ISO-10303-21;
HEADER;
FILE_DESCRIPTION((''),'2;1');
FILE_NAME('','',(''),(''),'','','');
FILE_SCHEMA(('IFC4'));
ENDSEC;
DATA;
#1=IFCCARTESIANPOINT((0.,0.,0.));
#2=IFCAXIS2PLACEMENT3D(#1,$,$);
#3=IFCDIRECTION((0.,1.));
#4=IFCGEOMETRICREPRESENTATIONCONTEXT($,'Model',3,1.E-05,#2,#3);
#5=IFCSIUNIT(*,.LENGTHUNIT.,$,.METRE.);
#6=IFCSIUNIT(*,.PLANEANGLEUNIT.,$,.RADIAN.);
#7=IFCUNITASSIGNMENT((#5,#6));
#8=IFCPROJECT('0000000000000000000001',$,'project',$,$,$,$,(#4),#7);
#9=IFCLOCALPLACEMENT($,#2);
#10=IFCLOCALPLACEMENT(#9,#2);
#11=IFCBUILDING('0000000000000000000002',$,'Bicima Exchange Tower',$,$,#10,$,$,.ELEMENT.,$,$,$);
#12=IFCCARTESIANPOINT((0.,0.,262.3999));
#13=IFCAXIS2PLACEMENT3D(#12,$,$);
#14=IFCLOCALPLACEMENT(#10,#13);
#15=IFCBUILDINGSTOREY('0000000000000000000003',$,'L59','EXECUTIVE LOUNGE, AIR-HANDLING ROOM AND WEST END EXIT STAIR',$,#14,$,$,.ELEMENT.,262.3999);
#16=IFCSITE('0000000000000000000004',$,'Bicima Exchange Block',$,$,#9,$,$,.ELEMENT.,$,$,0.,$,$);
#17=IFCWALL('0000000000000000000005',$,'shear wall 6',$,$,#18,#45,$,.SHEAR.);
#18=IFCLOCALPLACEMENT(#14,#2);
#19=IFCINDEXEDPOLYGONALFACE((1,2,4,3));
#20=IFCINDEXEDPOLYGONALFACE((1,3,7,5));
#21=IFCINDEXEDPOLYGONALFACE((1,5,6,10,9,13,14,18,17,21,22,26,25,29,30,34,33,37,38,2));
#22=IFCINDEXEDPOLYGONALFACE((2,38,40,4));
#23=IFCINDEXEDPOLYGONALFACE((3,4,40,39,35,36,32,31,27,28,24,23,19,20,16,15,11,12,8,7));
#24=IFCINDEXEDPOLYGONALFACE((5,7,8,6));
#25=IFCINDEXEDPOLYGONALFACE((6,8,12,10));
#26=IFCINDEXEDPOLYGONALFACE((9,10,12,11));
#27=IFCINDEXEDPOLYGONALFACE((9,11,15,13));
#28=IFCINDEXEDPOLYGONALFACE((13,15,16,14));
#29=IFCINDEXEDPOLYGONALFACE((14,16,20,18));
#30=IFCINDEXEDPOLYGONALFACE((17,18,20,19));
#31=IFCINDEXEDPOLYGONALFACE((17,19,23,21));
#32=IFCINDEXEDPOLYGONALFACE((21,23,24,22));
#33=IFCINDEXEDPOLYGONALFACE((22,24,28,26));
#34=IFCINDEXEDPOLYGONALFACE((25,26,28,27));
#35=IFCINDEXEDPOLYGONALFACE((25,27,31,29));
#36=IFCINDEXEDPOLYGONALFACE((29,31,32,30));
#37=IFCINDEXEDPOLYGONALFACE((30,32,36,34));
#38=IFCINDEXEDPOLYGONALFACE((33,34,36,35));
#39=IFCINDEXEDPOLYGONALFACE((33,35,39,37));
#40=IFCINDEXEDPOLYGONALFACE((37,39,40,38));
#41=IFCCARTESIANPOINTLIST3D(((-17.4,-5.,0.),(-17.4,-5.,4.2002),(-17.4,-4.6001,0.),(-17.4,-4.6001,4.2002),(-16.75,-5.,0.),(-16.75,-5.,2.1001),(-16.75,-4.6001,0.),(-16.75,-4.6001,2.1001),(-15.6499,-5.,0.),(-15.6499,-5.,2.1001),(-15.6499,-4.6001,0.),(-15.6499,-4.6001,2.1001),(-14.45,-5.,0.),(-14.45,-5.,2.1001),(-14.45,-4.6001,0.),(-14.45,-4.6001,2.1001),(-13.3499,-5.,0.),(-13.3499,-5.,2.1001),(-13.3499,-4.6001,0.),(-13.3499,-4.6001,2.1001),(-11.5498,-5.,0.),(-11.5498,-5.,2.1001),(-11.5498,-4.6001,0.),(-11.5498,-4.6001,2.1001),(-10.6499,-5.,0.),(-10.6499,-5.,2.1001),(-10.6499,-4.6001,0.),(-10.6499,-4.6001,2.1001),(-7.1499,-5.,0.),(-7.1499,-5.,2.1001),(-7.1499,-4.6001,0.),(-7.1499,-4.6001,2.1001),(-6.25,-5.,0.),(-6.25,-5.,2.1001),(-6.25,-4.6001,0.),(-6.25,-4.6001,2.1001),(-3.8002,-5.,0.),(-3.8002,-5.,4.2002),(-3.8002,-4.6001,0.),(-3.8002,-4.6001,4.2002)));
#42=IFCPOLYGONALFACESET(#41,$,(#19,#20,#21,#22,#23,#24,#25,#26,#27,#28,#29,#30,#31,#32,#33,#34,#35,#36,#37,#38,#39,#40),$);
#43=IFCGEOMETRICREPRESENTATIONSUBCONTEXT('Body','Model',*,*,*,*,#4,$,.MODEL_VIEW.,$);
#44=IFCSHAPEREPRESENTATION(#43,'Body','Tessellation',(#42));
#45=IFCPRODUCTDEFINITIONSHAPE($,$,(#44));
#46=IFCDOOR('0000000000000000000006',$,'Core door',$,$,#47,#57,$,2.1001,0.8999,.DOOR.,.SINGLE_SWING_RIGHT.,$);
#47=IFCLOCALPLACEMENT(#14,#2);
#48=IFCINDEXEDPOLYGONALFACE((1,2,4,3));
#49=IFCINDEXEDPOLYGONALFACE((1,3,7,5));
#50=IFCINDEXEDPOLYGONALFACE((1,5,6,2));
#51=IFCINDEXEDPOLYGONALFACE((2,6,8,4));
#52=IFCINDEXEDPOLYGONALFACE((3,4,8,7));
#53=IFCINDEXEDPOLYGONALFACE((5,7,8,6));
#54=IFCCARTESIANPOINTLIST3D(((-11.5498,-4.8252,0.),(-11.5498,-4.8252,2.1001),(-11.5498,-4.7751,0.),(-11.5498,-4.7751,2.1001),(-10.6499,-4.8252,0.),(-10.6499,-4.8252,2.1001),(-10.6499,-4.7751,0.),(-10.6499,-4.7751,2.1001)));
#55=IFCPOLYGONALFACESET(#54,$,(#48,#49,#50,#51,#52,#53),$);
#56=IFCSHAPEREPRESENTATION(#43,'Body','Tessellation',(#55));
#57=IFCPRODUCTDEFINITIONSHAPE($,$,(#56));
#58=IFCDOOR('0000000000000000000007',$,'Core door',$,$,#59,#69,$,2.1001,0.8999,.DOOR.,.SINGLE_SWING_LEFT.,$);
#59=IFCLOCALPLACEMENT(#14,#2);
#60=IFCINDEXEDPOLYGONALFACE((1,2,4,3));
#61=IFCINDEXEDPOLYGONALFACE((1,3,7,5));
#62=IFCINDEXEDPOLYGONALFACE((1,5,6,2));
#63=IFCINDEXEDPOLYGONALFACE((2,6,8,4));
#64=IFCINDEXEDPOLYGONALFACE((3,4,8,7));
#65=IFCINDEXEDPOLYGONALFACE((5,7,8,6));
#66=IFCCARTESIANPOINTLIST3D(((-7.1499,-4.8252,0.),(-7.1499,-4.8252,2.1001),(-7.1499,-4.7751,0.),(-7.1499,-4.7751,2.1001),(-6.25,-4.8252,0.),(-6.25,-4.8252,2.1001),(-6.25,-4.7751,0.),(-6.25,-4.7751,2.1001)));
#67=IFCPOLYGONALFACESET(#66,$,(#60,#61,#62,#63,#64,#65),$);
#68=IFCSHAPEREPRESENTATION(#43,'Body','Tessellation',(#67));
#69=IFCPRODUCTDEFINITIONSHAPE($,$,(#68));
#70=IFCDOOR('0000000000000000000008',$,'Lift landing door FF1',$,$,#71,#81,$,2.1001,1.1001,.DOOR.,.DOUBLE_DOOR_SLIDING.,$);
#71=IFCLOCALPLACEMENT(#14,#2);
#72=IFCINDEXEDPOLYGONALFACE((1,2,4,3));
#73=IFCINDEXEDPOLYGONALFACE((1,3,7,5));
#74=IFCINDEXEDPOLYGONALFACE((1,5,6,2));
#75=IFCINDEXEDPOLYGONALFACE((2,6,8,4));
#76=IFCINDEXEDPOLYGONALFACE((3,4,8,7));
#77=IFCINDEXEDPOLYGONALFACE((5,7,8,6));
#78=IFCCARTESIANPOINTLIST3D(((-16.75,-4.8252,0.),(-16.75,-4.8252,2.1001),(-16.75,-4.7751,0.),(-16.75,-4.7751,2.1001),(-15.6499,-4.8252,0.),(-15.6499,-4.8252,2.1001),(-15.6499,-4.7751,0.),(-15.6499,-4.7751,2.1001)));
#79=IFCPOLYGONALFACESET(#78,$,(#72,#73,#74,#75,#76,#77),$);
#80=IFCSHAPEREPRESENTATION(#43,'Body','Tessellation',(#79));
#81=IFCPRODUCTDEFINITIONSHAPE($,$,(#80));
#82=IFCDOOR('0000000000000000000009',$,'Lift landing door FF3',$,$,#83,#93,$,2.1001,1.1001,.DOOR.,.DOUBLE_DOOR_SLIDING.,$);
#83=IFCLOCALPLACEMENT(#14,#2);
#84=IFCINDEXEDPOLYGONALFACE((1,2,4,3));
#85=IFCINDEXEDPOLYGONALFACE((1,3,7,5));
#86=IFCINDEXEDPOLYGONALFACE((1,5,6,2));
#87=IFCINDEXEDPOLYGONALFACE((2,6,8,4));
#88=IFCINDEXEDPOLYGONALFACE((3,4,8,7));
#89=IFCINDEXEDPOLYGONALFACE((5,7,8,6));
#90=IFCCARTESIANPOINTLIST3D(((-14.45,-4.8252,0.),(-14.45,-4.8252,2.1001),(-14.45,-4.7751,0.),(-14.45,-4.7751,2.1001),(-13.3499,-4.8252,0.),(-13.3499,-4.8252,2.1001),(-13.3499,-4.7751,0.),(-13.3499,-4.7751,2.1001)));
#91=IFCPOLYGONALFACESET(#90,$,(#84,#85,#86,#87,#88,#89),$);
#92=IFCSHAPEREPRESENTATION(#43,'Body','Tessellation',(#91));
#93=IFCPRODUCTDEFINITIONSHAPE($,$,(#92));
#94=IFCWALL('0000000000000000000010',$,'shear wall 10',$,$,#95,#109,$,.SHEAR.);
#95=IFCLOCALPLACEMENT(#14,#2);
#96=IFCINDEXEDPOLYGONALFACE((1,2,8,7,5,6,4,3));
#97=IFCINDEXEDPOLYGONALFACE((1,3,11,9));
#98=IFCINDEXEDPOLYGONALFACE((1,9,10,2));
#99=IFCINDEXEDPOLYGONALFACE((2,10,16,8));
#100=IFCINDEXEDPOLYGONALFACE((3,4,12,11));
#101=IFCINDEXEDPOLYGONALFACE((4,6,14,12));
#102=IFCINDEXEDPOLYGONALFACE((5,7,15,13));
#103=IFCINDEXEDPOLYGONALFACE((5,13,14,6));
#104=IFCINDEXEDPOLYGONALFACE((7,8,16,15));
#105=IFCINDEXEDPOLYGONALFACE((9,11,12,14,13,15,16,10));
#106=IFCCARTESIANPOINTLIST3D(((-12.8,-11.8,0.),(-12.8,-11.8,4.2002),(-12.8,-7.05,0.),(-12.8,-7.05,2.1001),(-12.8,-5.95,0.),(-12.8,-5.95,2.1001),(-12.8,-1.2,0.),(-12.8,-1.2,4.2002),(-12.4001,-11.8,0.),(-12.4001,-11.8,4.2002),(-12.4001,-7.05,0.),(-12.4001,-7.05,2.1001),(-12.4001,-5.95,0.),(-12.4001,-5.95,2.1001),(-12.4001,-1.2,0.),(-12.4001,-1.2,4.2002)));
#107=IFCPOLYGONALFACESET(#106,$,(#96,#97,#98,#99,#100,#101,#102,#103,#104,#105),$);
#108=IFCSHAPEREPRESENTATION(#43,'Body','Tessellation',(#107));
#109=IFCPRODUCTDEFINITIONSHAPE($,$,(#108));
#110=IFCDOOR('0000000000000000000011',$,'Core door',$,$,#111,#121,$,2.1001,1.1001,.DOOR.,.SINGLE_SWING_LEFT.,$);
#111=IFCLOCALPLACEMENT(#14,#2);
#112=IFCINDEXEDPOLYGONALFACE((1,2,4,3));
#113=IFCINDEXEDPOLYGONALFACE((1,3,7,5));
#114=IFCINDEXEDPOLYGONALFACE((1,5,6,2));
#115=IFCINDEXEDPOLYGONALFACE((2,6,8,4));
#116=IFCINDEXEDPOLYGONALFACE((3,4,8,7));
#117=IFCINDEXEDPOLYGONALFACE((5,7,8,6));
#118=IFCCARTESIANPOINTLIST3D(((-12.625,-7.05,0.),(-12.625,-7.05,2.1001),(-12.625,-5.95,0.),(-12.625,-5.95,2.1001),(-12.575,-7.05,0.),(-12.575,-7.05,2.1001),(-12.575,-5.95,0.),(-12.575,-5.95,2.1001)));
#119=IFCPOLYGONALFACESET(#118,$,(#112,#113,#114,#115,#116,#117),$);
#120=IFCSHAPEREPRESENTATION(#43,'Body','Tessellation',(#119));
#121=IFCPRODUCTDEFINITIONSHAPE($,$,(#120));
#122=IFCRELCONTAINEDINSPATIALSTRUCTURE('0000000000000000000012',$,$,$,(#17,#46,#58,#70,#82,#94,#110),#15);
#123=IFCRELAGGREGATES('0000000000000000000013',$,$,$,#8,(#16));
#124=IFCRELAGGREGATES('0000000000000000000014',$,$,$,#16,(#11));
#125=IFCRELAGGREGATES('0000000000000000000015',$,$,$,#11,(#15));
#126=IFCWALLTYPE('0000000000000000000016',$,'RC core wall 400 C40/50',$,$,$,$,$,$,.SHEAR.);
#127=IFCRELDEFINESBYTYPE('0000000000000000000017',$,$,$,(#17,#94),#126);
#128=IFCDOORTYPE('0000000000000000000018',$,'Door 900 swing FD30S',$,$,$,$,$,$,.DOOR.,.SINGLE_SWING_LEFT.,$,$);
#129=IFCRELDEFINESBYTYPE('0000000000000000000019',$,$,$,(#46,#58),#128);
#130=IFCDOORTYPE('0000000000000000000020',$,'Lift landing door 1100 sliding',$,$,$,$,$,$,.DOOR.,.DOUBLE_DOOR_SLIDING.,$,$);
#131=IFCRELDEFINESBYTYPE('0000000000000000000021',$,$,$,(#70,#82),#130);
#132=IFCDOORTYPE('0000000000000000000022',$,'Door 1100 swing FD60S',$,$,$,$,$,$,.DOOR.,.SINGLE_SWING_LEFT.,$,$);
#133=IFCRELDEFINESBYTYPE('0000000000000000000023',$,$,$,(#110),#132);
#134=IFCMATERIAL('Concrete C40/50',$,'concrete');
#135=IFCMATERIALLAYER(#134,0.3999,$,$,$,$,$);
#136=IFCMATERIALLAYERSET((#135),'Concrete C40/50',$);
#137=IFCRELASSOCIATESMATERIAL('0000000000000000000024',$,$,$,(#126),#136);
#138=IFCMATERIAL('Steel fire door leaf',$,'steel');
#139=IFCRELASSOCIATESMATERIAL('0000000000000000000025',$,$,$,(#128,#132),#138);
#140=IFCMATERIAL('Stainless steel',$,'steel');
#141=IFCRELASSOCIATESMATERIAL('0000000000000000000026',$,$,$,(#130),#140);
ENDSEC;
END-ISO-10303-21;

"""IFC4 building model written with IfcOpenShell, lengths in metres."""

from ifc_helpers import new_model, si_unit, direction, frame, frame_2d, origin, place, context, subcontext, project, spatial, rectangle, extrude, material, layer, layer_set, type_object, element, fill, save


model = new_model("IFC4")

# Units and contexts
model_context = context("Model", 3, precision=1e-05, world=origin(), true_north=direction((0.0, 1.0)))
body_context = subcontext(model_context, "Body", "Model", "MODEL_VIEW")
ifc_project = project(units=[si_unit("LENGTHUNIT", "METRE"), si_unit("PLANEANGLEUNIT", "RADIAN")], contexts=[model_context])

# Site, building, storey
site_placement = place(None, origin())
site = spatial("IfcSite", under=ifc_project, at=site_placement, Name="Bicima Exchange Block", CompositionType="ELEMENT", RefElevation=0.0)
building_placement = place(site_placement, origin())
building = spatial("IfcBuilding", under=site, at=building_placement, Name="Bicima Exchange Tower", CompositionType="ELEMENT")
storey_placement = place(building_placement, frame((0.0, 0.0, 262.3999)))
storey = spatial("IfcBuildingStorey", under=building, at=storey_placement, Name="L59", Description="EXECUTIVE LOUNGE, AIR-HANDLING ROOM AND WEST END EXIT STAIR", CompositionType="ELEMENT", Elevation=262.3999)

# Shared definitions
ifc_material_1 = material(Name="Concrete C40/50", Category="concrete")
ifc_layer_1 = layer(ifc_material_1, 0.3999)
ifc_layer_set_1 = layer_set([ifc_layer_1], Name="Concrete C40/50")
wall_type_1 = type_object("IfcWallType", Name="RC core wall 400 C40/50", PredefinedType="SHEAR", material=ifc_layer_set_1)

# Wall, openings, doors
wall_1_placement = place(storey_placement, frame((-17.3999, -4.8, 0.0), z_axis=(0.0, 0.0, 1.0), x_axis=(1.0, 0.0, 0.0)))
wall_1 = element("IfcWall", 1, at=wall_1_placement, inside=storey, type_object=wall_type_1, Name="shear wall 6", PredefinedType="SHEAR", context=body_context, shape_type="SweptSolid", body=[
    extrude(rectangle(XDim=13.5999, YDim=0.3999, at=frame_2d((6.7998, 0.0))), origin(), (0.0, 0.0, 1.0), 4.2002),
])
opening_1_placement = place(wall_1_placement, frame((0.6499, 0.0, 0.0)))
opening_1 = element("IfcOpeningElement", 2, at=opening_1_placement, cuts=wall_1, PredefinedType="OPENING", context=body_context, shape_type="SweptSolid", body=[
    extrude(rectangle(XDim=1.1001, YDim=2.1001, at=frame_2d((0.55, 1.05))), frame((0.0, 0.2119, 0.0), z_axis=(0.0, -1.0, 0.0), x_axis=(1.0, 0.0, 0.0)), (0.0, 0.0, 1.0), 0.4238),
])
opening_2_placement = place(wall_1_placement, frame((2.95, 0.0, 0.0)))
opening_2 = element("IfcOpeningElement", 3, at=opening_2_placement, cuts=wall_1, PredefinedType="OPENING", context=body_context, shape_type="SweptSolid", body=[
    extrude(rectangle(XDim=1.1001, YDim=2.1001, at=frame_2d((0.55, 1.05))), frame((0.0, 0.2119, 0.0), z_axis=(0.0, -1.0, 0.0), x_axis=(1.0, 0.0, 0.0)), (0.0, 0.0, 1.0), 0.4238),
])
opening_3_placement = place(wall_1_placement, frame((5.8501, 0.0, 0.0)))
opening_3 = element("IfcOpeningElement", 4, at=opening_3_placement, cuts=wall_1, PredefinedType="OPENING", context=body_context, shape_type="SweptSolid", body=[
    extrude(rectangle(XDim=0.8999, YDim=2.1001, at=frame_2d((0.45, 1.05))), frame((0.0, 0.2119, 0.0), z_axis=(0.0, -1.0, 0.0), x_axis=(1.0, 0.0, 0.0)), (0.0, 0.0, 1.0), 0.4238),
])
opening_4_placement = place(wall_1_placement, frame((10.25, 0.0, 0.0)))
opening_4 = element("IfcOpeningElement", 5, at=opening_4_placement, cuts=wall_1, PredefinedType="OPENING", context=body_context, shape_type="SweptSolid", body=[
    extrude(rectangle(XDim=0.8999, YDim=2.1001, at=frame_2d((0.45, 1.05))), frame((0.0, 0.2119, 0.0), z_axis=(0.0, -1.0, 0.0), x_axis=(1.0, 0.0, 0.0)), (0.0, 0.0, 1.0), 0.4238),
])
ifc_material_2 = material(Name="Steel fire door leaf", Category="steel")
door_type_1 = type_object("IfcDoorType", Name="Door 900 swing FD30S", OperationType="SINGLE_SWING_LEFT", PredefinedType="DOOR", material=ifc_material_2)
door_1_placement = place(opening_3_placement, origin())
door_1 = element("IfcDoor", 6, at=door_1_placement, inside=storey, type_object=door_type_1, Name="Core door", OperationType="SINGLE_SWING_RIGHT", OverallHeight=2.1001, OverallWidth=0.8999, PredefinedType="DOOR", context=body_context, shape_type="SweptSolid", body=[
    extrude(rectangle(XDim=0.8999, YDim=2.1001, at=frame_2d((0.45, 1.05))), frame((0.0, 0.0249, 0.0), z_axis=(0.0, -1.0, 0.0), x_axis=(1.0, 0.0, 0.0)), (0.0, 0.0, 1.0), 0.05),
])
fill(opening_3, door_1)
door_2_placement = place(opening_4_placement, origin())
door_2 = element("IfcDoor", 7, at=door_2_placement, inside=storey, type_object=door_type_1, Name="Core door", OperationType="SINGLE_SWING_LEFT", OverallHeight=2.1001, OverallWidth=0.8999, PredefinedType="DOOR", context=body_context, shape_type="SweptSolid", body=[
    extrude(rectangle(XDim=0.8999, YDim=2.1001, at=frame_2d((0.45, 1.05))), frame((0.0, 0.0249, 0.0), z_axis=(0.0, -1.0, 0.0), x_axis=(1.0, 0.0, 0.0)), (0.0, 0.0, 1.0), 0.05),
])
fill(opening_4, door_2)
ifc_material_3 = material(Name="Stainless steel", Category="steel")
door_type_2 = type_object("IfcDoorType", Name="Lift landing door 1100 sliding", OperationType="DOUBLE_DOOR_SLIDING", PredefinedType="DOOR", material=ifc_material_3)
door_3_placement = place(opening_1_placement, origin())
door_3 = element("IfcDoor", 8, at=door_3_placement, inside=storey, type_object=door_type_2, Name="Lift landing door FF1", OperationType="DOUBLE_DOOR_SLIDING", OverallHeight=2.1001, OverallWidth=1.1001, PredefinedType="DOOR", context=body_context, shape_type="SweptSolid", body=[
    extrude(rectangle(XDim=1.1001, YDim=2.1001, at=frame_2d((0.55, 1.05))), frame((0.0, 0.0249, 0.0), z_axis=(0.0, -1.0, 0.0), x_axis=(1.0, 0.0, 0.0)), (0.0, 0.0, 1.0), 0.05),
])
fill(opening_1, door_3)
door_4_placement = place(opening_2_placement, origin())
door_4 = element("IfcDoor", 9, at=door_4_placement, inside=storey, type_object=door_type_2, Name="Lift landing door FF3", OperationType="DOUBLE_DOOR_SLIDING", OverallHeight=2.1001, OverallWidth=1.1001, PredefinedType="DOOR", context=body_context, shape_type="SweptSolid", body=[
    extrude(rectangle(XDim=1.1001, YDim=2.1001, at=frame_2d((0.55, 1.05))), frame((0.0, 0.0249, 0.0), z_axis=(0.0, -1.0, 0.0), x_axis=(1.0, 0.0, 0.0)), (0.0, 0.0, 1.0), 0.05),
])
fill(opening_2, door_4)

# Wall, opening, door
wall_2_placement = place(storey_placement, frame((-12.6001, -11.8, 0.0), z_axis=(0.0, 0.0, 1.0), x_axis=(0.0, 1.0, 0.0)))
wall_2 = element("IfcWall", 10, at=wall_2_placement, inside=storey, type_object=wall_type_1, Name="shear wall 10", PredefinedType="SHEAR", context=body_context, shape_type="SweptSolid", body=[
    extrude(rectangle(XDim=10.6001, YDim=0.3999, at=frame_2d((5.3, 0.0))), origin(), (0.0, 0.0, 1.0), 4.2002),
])
opening_5_placement = place(wall_2_placement, frame((4.75, 0.0, 0.0)))
opening_5 = element("IfcOpeningElement", 11, at=opening_5_placement, cuts=wall_2, PredefinedType="OPENING", context=body_context, shape_type="SweptSolid", body=[
    extrude(rectangle(XDim=1.1001, YDim=2.1001, at=frame_2d((0.55, 1.05))), frame((0.0, 0.2119, 0.0), z_axis=(0.0, -1.0, 0.0), x_axis=(1.0, 0.0, 0.0)), (0.0, 0.0, 1.0), 0.4238),
])
door_type_3 = type_object("IfcDoorType", Name="Door 1100 swing FD60S", OperationType="SINGLE_SWING_LEFT", PredefinedType="DOOR", material=ifc_material_2)
door_5_placement = place(opening_5_placement, origin())
door_5 = element("IfcDoor", 12, at=door_5_placement, inside=storey, type_object=door_type_3, Name="Core door", OperationType="SINGLE_SWING_LEFT", OverallHeight=2.1001, OverallWidth=1.1001, PredefinedType="DOOR", context=body_context, shape_type="SweptSolid", body=[
    extrude(rectangle(XDim=1.1001, YDim=2.1001, at=frame_2d((0.55, 1.05))), frame((0.0, 0.0249, 0.0), z_axis=(0.0, -1.0, 0.0), x_axis=(1.0, 0.0, 0.0)), (0.0, 0.0, 1.0), 0.05),
])
fill(opening_5, door_5)

save(model, "model.ifc")
